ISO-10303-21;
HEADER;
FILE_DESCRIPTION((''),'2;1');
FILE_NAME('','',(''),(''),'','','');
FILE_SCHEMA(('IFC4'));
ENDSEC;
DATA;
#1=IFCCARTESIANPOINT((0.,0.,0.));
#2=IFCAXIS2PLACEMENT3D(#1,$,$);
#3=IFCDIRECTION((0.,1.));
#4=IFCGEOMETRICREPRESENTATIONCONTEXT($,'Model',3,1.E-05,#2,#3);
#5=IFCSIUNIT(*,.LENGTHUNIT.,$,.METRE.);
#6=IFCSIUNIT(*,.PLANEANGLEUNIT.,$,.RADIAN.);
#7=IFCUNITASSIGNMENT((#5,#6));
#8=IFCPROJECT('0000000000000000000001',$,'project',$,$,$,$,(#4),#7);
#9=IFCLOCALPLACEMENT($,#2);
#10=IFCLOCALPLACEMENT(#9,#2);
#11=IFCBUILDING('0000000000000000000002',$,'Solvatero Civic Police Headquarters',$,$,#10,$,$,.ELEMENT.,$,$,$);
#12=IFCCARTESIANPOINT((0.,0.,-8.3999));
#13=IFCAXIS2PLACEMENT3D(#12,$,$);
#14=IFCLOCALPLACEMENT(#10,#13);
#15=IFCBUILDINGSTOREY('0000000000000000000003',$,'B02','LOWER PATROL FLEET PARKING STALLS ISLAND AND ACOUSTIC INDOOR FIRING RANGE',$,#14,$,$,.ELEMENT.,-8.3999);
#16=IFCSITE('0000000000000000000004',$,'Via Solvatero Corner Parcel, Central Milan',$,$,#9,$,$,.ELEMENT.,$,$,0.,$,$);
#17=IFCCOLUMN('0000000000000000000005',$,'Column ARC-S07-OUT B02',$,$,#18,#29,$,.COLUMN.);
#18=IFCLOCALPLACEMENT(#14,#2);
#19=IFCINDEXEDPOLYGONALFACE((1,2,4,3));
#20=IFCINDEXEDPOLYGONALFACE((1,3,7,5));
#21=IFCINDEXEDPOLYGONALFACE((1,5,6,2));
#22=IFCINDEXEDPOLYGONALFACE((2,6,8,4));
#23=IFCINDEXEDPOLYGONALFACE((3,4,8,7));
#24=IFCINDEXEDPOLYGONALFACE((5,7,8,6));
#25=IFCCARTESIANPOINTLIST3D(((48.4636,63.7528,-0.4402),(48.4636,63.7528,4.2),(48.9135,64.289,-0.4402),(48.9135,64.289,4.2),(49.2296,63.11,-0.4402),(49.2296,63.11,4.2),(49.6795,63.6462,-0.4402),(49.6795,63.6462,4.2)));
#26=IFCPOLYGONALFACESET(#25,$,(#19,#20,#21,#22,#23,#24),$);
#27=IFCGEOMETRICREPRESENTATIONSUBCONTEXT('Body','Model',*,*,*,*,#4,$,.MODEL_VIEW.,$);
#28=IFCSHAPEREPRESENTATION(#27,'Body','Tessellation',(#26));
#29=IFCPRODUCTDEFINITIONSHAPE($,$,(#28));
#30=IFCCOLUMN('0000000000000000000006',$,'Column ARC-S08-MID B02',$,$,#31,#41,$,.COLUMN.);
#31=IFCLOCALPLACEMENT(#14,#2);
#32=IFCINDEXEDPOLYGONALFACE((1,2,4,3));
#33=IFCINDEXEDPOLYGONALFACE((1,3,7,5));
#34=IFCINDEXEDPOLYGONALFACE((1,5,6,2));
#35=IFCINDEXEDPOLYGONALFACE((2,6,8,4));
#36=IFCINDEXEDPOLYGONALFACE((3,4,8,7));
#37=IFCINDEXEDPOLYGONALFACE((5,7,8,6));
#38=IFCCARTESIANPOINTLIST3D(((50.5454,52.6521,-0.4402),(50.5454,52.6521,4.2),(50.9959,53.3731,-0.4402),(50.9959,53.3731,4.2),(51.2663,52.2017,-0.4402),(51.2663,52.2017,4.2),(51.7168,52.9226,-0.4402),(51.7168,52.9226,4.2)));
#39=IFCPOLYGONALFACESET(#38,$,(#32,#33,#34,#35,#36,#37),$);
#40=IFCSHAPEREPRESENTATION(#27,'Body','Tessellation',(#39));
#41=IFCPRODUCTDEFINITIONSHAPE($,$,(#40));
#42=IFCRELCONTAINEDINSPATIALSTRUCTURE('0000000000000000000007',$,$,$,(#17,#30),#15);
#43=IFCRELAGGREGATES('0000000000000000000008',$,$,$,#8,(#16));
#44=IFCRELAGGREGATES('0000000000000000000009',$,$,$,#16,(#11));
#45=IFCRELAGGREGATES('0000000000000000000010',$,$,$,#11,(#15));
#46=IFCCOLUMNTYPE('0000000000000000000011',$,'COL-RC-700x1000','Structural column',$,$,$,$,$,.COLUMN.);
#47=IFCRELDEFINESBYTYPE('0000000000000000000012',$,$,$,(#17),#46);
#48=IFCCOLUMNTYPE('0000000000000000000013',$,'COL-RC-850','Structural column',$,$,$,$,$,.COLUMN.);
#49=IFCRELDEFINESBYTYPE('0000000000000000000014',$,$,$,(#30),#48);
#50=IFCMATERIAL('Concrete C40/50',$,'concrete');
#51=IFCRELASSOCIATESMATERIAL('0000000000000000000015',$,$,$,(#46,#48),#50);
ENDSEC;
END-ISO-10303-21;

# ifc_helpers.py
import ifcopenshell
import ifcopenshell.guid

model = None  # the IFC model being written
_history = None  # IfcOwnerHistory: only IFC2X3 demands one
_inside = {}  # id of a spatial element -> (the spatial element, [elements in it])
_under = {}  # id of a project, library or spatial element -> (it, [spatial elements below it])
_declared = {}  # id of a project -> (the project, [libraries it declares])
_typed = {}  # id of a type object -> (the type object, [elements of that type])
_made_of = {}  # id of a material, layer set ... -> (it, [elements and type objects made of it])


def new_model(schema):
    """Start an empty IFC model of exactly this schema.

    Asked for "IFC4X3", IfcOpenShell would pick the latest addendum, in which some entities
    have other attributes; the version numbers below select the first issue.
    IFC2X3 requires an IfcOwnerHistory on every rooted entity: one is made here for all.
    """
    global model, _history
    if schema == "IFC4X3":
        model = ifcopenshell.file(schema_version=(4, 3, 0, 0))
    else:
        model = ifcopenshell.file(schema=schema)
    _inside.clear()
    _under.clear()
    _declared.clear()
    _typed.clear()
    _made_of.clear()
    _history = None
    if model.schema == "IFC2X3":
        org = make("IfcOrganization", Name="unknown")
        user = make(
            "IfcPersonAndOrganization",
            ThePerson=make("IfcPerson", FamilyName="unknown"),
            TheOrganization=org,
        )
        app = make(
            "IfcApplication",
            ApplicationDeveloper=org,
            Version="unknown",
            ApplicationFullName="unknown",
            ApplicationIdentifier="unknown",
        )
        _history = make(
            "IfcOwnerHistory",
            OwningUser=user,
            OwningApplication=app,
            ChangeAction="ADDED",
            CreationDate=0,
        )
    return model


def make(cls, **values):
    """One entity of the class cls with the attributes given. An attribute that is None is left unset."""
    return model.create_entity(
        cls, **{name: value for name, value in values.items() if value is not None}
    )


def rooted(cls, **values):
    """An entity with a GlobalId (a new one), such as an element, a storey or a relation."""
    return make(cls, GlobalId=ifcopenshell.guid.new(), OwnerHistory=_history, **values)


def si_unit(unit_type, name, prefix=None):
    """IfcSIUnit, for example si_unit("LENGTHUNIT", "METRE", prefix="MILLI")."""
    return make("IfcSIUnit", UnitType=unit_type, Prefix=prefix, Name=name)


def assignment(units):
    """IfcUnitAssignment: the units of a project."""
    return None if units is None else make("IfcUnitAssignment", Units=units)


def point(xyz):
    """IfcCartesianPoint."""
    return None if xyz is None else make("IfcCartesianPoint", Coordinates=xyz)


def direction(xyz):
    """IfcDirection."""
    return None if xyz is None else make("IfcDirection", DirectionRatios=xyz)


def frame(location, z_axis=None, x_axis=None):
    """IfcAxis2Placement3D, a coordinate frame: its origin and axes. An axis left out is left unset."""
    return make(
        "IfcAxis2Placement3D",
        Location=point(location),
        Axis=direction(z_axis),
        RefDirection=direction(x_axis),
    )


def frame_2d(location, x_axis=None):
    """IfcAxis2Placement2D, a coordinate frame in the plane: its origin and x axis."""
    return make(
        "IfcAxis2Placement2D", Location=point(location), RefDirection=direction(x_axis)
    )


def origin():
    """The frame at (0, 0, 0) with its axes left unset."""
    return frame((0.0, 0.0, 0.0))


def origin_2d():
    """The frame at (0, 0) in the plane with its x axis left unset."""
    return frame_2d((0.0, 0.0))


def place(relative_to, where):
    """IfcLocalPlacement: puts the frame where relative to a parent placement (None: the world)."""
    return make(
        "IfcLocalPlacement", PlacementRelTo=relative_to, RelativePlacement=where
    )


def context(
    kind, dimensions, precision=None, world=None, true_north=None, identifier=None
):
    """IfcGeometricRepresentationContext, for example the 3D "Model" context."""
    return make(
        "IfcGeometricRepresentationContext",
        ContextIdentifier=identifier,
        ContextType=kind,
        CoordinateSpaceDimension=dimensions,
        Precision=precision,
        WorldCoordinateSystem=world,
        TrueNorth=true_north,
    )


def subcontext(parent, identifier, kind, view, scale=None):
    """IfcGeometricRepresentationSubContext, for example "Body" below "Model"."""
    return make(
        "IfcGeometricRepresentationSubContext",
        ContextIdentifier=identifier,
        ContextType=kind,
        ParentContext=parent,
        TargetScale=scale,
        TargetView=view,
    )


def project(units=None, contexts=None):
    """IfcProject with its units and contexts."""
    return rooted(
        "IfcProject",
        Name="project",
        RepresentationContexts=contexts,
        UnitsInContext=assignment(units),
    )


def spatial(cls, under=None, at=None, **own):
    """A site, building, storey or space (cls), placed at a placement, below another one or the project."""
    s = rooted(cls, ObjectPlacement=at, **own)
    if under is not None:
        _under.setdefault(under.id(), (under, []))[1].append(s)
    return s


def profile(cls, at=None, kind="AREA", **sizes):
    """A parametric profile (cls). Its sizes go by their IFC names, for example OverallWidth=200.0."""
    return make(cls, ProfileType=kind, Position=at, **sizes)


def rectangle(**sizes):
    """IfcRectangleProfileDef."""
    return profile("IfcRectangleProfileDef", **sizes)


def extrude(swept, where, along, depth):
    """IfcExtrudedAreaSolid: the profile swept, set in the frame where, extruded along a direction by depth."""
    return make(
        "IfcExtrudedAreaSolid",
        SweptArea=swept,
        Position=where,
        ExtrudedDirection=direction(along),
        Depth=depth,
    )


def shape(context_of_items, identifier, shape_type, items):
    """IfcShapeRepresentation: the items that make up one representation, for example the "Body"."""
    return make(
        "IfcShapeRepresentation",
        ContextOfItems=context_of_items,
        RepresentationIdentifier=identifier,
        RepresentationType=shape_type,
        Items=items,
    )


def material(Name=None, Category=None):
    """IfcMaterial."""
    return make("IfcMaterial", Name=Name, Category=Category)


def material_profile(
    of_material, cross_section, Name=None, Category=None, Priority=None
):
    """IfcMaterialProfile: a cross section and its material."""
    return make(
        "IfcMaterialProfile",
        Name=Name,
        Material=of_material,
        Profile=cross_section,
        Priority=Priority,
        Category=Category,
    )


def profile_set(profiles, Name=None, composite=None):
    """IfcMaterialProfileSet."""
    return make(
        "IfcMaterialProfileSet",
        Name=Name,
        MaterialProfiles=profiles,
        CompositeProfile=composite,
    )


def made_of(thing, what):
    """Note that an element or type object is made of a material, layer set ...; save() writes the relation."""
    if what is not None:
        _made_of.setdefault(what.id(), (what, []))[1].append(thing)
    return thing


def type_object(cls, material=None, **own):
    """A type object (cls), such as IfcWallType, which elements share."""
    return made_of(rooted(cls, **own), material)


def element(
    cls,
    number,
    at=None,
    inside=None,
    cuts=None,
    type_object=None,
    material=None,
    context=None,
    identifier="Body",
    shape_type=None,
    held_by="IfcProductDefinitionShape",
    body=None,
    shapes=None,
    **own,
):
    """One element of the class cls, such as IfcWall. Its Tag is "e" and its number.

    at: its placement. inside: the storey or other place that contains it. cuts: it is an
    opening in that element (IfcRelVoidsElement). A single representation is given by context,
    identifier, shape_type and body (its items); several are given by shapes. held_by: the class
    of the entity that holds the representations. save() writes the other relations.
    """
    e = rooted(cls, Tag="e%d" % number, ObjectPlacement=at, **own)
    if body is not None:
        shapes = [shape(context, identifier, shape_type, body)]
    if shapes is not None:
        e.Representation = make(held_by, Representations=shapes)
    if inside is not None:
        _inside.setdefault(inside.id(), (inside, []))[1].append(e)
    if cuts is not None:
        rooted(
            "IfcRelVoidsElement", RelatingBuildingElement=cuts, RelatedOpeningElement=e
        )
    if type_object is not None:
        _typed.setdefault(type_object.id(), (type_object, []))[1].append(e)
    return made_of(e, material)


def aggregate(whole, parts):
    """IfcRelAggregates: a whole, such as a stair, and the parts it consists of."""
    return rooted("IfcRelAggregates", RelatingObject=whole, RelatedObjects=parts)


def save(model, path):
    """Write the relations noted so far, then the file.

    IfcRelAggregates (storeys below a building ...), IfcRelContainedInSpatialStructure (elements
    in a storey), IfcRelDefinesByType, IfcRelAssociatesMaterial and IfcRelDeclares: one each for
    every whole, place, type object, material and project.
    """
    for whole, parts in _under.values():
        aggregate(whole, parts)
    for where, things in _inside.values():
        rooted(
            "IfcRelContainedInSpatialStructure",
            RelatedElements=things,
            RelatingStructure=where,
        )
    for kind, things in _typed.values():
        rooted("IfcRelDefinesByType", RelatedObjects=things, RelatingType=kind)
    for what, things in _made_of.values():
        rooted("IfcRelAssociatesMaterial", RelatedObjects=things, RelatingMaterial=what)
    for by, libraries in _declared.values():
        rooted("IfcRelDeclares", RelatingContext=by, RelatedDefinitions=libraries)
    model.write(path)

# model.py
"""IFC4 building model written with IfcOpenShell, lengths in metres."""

from ifc_helpers import new_model, si_unit, direction, frame, origin, origin_2d, place, context, subcontext, project, spatial, rectangle, extrude, material, material_profile, profile_set, type_object, element, save


model = new_model("IFC4")

# Units and contexts
model_context = context("Model", 3, precision=1e-05, world=origin(), true_north=direction((0.0, 1.0)))
body_context = subcontext(model_context, "Body", "Model", "MODEL_VIEW")
ifc_project = project(units=[si_unit("LENGTHUNIT", "METRE"), si_unit("PLANEANGLEUNIT", "RADIAN")], contexts=[model_context])

# Site, building, storey
site_placement = place(None, origin())
site = spatial("IfcSite", under=ifc_project, at=site_placement, Name="Via Solvatero Corner Parcel, Central Milan", CompositionType="ELEMENT", RefElevation=0.0)
building_placement = place(site_placement, origin())
building = spatial("IfcBuilding", under=site, at=building_placement, Name="Solvatero Civic Police Headquarters", CompositionType="ELEMENT")
storey_placement = place(building_placement, frame((0.0, 0.0, -8.3999)))
storey = spatial("IfcBuildingStorey", under=building, at=storey_placement, Name="B02", Description="LOWER PATROL FLEET PARKING STALLS ISLAND AND ACOUSTIC INDOOR FIRING RANGE", CompositionType="ELEMENT", Elevation=-8.3999)

# Columns
ifc_material_1 = material(Name="Concrete C40/50", Category="concrete")
ifc_material_profile_1 = material_profile(ifc_material_1, rectangle(XDim=0.7, YDim=1.0, at=origin_2d()), Name="RC 700x1000")
ifc_profile_set_1 = profile_set([ifc_material_profile_1], Name="Concrete C40/50")
column_type_1 = type_object("IfcColumnType", Name="COL-RC-700x1000", Description="Structural column", PredefinedType="COLUMN", material=ifc_profile_set_1)
column_1_placement = place(storey_placement, frame((49.0715, 63.6995, -0.4402), z_axis=(0.0, 0.0, 1.0), x_axis=(0.642788, 0.766044, 0.0)))
element("IfcColumn", 1, at=column_1_placement, inside=storey, type_object=column_type_1, Name="Column ARC-S07-OUT B02", PredefinedType="COLUMN", context=body_context, shape_type="SweptSolid", body=[
    extrude(rectangle(XDim=0.7, YDim=1.0, at=origin_2d()), origin(), (0.0, 0.0, 1.0), 4.6401),
])
ifc_material_profile_2 = material_profile(ifc_material_1, rectangle(XDim=0.8501, YDim=0.8501, at=origin_2d()), Name="RC 850x850")
ifc_profile_set_2 = profile_set([ifc_material_profile_2], Name="Concrete C40/50")
column_type_2 = type_object("IfcColumnType", Name="COL-RC-850", Description="Structural column", PredefinedType="COLUMN", material=ifc_profile_set_2)
column_2_placement = place(storey_placement, frame((51.1311, 52.7874, -0.4402), z_axis=(0.0, 0.0, 1.0), x_axis=(0.529919, 0.848048, 0.0)))
element("IfcColumn", 2, at=column_2_placement, inside=storey, type_object=column_type_2, Name="Column ARC-S08-MID B02", PredefinedType="COLUMN", context=body_context, shape_type="SweptSolid", body=[
    extrude(rectangle(XDim=0.8501, YDim=0.8501, at=origin_2d()), origin(), (0.0, 0.0, 1.0), 4.6401),
])

save(model, "model.ifc")
